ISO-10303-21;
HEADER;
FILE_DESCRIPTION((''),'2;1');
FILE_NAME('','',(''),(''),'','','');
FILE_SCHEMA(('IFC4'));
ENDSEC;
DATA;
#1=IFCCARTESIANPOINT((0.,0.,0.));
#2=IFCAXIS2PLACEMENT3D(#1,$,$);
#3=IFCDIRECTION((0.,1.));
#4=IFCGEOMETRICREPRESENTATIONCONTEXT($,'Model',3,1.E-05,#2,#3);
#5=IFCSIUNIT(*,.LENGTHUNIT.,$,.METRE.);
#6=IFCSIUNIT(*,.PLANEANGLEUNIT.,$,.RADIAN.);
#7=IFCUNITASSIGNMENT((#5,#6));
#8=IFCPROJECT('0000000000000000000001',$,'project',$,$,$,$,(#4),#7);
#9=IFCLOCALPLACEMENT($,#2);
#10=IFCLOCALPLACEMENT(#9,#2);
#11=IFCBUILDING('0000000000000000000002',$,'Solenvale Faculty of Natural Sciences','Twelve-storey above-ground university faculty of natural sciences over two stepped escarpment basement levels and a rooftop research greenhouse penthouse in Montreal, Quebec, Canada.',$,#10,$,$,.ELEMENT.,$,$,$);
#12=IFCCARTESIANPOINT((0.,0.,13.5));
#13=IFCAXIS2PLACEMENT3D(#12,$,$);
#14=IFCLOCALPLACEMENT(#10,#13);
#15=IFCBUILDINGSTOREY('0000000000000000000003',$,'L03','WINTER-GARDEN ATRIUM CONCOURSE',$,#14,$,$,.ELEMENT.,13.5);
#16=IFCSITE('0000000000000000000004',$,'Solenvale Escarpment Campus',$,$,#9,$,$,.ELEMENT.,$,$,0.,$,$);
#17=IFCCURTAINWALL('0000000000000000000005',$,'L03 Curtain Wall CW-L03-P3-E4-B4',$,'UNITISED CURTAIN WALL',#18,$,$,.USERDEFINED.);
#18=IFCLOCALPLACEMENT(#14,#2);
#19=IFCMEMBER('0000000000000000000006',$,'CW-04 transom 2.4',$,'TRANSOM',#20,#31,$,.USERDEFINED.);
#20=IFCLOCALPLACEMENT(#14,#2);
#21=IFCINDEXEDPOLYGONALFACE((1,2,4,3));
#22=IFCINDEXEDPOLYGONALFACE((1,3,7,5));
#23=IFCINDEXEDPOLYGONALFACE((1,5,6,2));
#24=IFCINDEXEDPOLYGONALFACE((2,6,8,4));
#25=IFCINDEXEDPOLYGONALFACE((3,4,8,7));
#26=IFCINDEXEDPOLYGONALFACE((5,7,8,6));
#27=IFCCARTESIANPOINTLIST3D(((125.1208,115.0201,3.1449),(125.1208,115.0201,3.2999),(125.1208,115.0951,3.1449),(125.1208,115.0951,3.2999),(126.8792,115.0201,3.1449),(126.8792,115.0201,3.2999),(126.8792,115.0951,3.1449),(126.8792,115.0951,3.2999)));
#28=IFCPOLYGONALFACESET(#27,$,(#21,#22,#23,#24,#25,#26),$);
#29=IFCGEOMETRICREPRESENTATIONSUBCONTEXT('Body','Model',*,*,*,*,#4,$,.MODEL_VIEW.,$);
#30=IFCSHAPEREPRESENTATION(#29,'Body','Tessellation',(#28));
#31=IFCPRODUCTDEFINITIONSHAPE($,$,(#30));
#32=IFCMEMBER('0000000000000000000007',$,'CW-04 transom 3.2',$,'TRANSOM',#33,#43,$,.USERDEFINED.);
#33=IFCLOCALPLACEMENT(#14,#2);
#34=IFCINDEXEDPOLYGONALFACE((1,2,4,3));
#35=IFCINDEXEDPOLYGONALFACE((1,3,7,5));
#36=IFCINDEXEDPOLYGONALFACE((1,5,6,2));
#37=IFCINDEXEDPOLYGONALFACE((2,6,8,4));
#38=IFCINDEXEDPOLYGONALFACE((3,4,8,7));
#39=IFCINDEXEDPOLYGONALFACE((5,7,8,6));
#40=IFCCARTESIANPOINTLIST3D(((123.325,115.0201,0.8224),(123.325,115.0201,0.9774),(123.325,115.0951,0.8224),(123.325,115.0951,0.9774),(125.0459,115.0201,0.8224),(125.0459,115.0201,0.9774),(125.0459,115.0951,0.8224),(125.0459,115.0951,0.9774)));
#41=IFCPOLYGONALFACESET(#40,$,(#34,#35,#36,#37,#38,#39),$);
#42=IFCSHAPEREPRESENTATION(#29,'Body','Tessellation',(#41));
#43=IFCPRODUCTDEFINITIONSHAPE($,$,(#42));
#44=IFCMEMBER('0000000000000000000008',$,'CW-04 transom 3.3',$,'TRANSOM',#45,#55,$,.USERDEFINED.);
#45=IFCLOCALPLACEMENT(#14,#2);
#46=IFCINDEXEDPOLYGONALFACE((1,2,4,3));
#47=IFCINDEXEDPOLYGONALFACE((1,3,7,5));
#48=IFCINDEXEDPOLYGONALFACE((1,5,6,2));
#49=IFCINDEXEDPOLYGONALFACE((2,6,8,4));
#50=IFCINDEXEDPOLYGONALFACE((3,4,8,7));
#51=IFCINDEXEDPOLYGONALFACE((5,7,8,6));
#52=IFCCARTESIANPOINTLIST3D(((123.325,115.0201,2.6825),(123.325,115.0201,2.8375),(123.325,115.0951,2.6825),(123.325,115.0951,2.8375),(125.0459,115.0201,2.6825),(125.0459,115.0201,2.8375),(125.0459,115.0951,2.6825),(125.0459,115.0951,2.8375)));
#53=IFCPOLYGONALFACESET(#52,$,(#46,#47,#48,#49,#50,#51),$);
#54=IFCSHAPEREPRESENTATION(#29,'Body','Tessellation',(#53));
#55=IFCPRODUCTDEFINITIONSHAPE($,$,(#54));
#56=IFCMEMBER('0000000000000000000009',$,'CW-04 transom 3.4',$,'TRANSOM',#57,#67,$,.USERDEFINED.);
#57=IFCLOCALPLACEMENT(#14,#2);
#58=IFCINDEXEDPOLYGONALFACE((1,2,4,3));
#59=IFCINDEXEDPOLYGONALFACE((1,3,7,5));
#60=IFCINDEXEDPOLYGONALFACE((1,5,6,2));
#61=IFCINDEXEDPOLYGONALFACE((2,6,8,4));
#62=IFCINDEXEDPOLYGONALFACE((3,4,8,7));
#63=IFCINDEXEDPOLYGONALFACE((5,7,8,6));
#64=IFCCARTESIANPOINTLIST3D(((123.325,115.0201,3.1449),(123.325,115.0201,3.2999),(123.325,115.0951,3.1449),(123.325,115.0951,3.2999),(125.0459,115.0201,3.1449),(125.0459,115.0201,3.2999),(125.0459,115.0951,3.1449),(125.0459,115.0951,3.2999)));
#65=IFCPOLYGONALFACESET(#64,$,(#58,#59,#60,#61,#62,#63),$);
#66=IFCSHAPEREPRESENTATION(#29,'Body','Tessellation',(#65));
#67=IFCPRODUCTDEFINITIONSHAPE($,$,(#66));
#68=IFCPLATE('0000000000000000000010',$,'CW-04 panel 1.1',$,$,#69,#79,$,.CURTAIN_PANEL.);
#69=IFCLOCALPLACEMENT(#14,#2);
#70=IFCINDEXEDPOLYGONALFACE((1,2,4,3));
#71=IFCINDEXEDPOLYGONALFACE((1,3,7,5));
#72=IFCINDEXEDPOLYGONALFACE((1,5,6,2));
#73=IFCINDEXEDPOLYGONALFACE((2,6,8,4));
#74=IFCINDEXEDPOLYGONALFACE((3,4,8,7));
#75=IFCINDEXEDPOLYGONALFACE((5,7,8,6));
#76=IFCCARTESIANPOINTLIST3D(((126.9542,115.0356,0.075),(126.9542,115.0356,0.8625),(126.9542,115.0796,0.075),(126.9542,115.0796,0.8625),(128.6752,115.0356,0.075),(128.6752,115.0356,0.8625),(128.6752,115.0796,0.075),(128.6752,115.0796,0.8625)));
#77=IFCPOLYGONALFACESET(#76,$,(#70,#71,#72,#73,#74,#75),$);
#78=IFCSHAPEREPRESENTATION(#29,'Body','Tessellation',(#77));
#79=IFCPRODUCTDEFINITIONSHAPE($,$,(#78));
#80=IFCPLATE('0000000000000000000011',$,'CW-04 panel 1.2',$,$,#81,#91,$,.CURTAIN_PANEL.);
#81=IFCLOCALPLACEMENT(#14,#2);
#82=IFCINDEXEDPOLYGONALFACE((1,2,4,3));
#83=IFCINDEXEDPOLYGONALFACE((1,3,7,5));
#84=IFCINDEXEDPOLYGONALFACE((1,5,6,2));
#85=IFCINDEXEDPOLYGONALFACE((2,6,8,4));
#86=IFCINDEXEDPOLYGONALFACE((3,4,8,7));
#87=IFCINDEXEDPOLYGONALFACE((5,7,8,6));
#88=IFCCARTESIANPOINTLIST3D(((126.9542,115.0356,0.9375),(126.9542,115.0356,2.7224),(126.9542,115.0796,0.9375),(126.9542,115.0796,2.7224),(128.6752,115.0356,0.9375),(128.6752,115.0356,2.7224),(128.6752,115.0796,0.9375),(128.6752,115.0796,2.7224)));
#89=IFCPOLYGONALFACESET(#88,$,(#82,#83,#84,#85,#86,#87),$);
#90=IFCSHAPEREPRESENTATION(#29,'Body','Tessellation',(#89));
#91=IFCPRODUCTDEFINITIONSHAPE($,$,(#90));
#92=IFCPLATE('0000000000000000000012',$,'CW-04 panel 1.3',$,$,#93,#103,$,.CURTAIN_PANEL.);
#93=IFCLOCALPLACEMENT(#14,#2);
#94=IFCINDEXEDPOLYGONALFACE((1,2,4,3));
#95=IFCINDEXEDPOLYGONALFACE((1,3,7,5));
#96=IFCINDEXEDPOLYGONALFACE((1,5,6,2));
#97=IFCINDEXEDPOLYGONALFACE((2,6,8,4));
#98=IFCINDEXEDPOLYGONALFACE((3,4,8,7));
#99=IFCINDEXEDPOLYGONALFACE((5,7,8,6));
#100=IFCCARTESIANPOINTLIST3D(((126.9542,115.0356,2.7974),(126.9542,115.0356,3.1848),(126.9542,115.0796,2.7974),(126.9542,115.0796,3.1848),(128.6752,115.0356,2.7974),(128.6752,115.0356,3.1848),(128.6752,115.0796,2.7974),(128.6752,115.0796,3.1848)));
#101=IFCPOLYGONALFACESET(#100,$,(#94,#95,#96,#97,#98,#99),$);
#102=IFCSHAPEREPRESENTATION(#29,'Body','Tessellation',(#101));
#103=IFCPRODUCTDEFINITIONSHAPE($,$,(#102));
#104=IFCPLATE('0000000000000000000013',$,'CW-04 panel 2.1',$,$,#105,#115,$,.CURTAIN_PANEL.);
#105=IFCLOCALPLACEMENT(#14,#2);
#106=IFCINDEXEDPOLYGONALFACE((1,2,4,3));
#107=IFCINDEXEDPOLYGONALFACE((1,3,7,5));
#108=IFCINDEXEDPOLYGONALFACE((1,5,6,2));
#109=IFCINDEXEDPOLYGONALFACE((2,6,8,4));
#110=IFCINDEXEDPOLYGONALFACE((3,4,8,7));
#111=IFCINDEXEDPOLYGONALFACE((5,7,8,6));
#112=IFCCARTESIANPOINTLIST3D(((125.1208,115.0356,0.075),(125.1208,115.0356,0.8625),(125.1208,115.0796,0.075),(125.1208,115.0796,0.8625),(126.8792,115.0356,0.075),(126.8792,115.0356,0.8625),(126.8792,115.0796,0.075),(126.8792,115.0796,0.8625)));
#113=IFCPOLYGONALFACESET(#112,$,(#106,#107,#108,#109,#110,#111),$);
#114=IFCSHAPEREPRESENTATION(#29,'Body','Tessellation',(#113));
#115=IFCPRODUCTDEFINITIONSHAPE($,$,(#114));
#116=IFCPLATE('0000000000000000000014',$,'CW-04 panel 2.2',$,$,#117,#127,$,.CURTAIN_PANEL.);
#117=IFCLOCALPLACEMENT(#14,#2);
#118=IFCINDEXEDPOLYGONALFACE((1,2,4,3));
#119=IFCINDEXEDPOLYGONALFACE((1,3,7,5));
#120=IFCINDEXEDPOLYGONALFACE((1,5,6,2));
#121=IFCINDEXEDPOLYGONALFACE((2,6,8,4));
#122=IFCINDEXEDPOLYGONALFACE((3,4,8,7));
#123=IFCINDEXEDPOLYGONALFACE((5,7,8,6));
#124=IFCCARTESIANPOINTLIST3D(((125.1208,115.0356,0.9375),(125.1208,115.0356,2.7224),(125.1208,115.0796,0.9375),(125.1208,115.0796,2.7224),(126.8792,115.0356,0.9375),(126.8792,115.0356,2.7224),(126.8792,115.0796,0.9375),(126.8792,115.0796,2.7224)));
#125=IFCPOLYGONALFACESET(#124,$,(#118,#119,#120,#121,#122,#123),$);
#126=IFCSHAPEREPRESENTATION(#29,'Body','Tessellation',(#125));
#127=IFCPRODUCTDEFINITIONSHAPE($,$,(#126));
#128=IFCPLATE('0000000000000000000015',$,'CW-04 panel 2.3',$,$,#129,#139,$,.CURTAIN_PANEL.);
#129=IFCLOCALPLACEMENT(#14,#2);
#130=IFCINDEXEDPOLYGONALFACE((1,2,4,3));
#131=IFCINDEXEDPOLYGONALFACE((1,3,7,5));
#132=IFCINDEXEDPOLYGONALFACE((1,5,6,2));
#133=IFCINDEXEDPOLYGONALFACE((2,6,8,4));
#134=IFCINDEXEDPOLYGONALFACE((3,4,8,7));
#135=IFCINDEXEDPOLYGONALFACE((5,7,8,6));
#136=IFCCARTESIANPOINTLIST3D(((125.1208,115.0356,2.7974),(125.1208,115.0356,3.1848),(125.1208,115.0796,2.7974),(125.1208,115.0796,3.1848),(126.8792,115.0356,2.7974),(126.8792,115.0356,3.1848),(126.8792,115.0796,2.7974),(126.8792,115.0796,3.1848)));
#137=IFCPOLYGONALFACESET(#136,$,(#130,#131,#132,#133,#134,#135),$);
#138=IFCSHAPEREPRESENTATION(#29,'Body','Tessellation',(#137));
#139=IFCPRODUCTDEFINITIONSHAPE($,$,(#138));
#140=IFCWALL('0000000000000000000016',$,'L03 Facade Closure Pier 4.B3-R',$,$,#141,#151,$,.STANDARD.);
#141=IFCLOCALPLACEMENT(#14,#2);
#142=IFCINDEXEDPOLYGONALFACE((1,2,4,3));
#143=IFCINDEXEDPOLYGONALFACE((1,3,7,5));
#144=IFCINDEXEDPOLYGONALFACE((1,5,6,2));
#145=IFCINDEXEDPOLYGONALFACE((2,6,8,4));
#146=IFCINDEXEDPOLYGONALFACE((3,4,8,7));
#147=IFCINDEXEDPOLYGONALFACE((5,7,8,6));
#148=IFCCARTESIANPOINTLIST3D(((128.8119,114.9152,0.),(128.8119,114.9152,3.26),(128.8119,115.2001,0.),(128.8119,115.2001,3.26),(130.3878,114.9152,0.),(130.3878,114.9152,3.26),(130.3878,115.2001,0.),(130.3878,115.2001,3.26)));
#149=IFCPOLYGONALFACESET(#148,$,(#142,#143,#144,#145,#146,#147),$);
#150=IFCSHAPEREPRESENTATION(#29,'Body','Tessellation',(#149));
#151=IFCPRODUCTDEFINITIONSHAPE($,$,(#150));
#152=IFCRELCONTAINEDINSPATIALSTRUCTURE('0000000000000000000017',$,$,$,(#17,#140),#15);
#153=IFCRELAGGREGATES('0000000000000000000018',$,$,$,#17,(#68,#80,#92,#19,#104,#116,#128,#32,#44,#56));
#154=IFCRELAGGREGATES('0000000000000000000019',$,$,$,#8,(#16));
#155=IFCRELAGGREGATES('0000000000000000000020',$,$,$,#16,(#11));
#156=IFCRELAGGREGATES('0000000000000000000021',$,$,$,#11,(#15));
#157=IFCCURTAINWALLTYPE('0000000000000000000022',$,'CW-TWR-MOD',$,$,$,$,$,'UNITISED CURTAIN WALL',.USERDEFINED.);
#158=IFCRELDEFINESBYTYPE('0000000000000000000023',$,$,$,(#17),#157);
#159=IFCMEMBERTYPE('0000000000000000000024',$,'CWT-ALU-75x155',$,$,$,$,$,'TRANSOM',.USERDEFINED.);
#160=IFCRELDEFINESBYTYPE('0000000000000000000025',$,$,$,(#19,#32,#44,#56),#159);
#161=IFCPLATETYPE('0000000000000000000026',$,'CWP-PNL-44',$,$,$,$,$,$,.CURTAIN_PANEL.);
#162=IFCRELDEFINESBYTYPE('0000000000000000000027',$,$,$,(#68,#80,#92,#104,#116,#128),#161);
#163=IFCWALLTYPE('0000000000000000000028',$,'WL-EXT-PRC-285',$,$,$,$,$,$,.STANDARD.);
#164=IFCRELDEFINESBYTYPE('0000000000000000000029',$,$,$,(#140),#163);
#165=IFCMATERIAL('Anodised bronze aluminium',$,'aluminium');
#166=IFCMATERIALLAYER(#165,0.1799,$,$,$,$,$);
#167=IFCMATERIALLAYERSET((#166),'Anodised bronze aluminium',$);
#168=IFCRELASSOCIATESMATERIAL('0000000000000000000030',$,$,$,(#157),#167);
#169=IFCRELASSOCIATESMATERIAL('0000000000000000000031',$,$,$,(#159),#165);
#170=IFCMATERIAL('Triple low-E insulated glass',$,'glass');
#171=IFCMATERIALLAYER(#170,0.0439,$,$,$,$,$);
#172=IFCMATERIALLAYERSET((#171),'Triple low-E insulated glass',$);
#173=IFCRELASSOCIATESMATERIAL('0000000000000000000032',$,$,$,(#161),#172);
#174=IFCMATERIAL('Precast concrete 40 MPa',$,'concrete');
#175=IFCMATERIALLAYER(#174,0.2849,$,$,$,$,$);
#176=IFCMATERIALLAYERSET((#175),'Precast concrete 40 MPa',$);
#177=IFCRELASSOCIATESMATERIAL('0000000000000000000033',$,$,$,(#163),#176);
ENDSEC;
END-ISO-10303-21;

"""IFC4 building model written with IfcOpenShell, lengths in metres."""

from ifc_helpers import new_model, si_unit, direction, frame, frame_2d, origin, origin_2d, place, context, subcontext, project, spatial, rectangle, extrude, material, layer, layer_set, material_profile, profile_set, type_object, element, aggregate, save


model = new_model("IFC4")

# Units and contexts
model_context = context("Model", 3, precision=1e-05, world=origin(), true_north=direction((0.0, 1.0)))
body_context = subcontext(model_context, "Body", "Model", "MODEL_VIEW")
ifc_project = project(units=[si_unit("LENGTHUNIT", "METRE"), si_unit("PLANEANGLEUNIT", "RADIAN")], contexts=[model_context])

# Site, building, storey
site_placement = place(None, origin())
site = spatial("IfcSite", under=ifc_project, at=site_placement, Name="Solenvale Escarpment Campus", CompositionType="ELEMENT", RefElevation=0.0)
building_placement = place(site_placement, origin())
building = spatial("IfcBuilding", under=site, at=building_placement, Name="Solenvale Faculty of Natural Sciences", Description="Twelve-storey above-ground university faculty of natural sciences over two stepped escarpment basement levels and a rooftop research greenhouse penthouse in Montreal, Quebec, Canada.", CompositionType="ELEMENT")
storey_placement = place(building_placement, frame((0.0, 0.0, 13.5)))
storey = spatial("IfcBuildingStorey", under=building, at=storey_placement, Name="L03", Description="WINTER-GARDEN ATRIUM CONCOURSE", CompositionType="ELEMENT", Elevation=13.5)

# Shared definitions
ifc_material_1 = material(Name="Precast concrete 40 MPa", Category="concrete")

# Shared definitions
ifc_material_2 = material(Name="Anodised bronze aluminium", Category="aluminium")
ifc_layer_1 = layer(ifc_material_2, 0.1799)
ifc_layer_set_1 = layer_set([ifc_layer_1], Name="Anodised bronze aluminium")
curtain_wall_type = type_object("IfcCurtainWallType", Name="CW-TWR-MOD", ElementType="UNITISED CURTAIN WALL", PredefinedType="USERDEFINED", material=ifc_layer_set_1)

# Curtain wall, members, plates
curtain_wall_1_placement = place(storey_placement, origin())
curtain_wall_1 = element("IfcCurtainWall", 1, at=curtain_wall_1_placement, inside=storey, type_object=curtain_wall_type, Name="L03 Curtain Wall CW-L03-P3-E4-B4", ObjectType="UNITISED CURTAIN WALL", PredefinedType="USERDEFINED")
ifc_material_profile_1 = material_profile(ifc_material_2, rectangle(XDim=0.075, YDim=0.155, at=origin_2d()), Name="ALU-TRN-75x155")
ifc_profile_set_1 = profile_set([ifc_material_profile_1], Name="Anodised bronze aluminium")
member_type_1 = type_object("IfcMemberType", Name="CWT-ALU-75x155", ElementType="TRANSOM", PredefinedType="USERDEFINED", material=ifc_profile_set_1)
member_1_placement = place(storey_placement, frame((126.8792, 115.0576, 3.2224), z_axis=(-1.0, 0.0, 0.0), x_axis=(0.0, -1.0, 0.0)))
member_1 = element("IfcMember", 2, at=member_1_placement, type_object=member_type_1, Name="CW-04 transom 2.4", ObjectType="TRANSOM", PredefinedType="USERDEFINED", context=body_context, shape_type="SweptSolid", body=[
    extrude(rectangle(XDim=0.075, YDim=0.155, at=origin_2d()), origin(), (0.0, 0.0, 1.0), 1.7583),
])
member_2_placement = place(storey_placement, frame((125.0459, 115.0576, 0.8999), z_axis=(-1.0, 0.0, 0.0), x_axis=(0.0, -1.0, 0.0)))
member_2 = element("IfcMember", 3, at=member_2_placement, type_object=member_type_1, Name="CW-04 transom 3.2", ObjectType="TRANSOM", PredefinedType="USERDEFINED", context=body_context, shape_type="SweptSolid", body=[
    extrude(rectangle(XDim=0.075, YDim=0.155, at=origin_2d()), origin(), (0.0, 0.0, 1.0), 1.7209),
])
member_3_placement = place(storey_placement, frame((125.0459, 115.0576, 2.76), z_axis=(-1.0, 0.0, 0.0), x_axis=(0.0, -1.0, 0.0)))
member_3 = element("IfcMember", 4, at=member_3_placement, type_object=member_type_1, Name="CW-04 transom 3.3", ObjectType="TRANSOM", PredefinedType="USERDEFINED", context=body_context, shape_type="SweptSolid", body=[
    extrude(rectangle(XDim=0.075, YDim=0.155, at=origin_2d()), origin(), (0.0, 0.0, 1.0), 1.7209),
])
member_4_placement = place(storey_placement, frame((125.0459, 115.0576, 3.2224), z_axis=(-1.0, 0.0, 0.0), x_axis=(0.0, -1.0, 0.0)))
member_4 = element("IfcMember", 5, at=member_4_placement, type_object=member_type_1, Name="CW-04 transom 3.4", ObjectType="TRANSOM", PredefinedType="USERDEFINED", context=body_context, shape_type="SweptSolid", body=[
    extrude(rectangle(XDim=0.075, YDim=0.155, at=origin_2d()), origin(), (0.0, 0.0, 1.0), 1.7209),
])
ifc_material_3 = material(Name="Triple low-E insulated glass", Category="glass")
ifc_layer_2 = layer(ifc_material_3, 0.0439)
ifc_layer_set_2 = layer_set([ifc_layer_2], Name="Triple low-E insulated glass")
plate_type = type_object("IfcPlateType", Name="CWP-PNL-44", PredefinedType="CURTAIN_PANEL", material=ifc_layer_set_2)
plate_1_placement = place(storey_placement, frame((127.8147, 115.0576, 0.075), z_axis=(0.0, 0.0, 1.0), x_axis=(-1.0, 0.0, 0.0)))
plate_1 = element("IfcPlate", 6, at=plate_1_placement, type_object=plate_type, Name="CW-04 panel 1.1", PredefinedType="CURTAIN_PANEL", context=body_context, shape_type="SweptSolid", body=[
    extrude(rectangle(XDim=1.7209, YDim=0.0439, at=origin_2d()), origin(), (0.0, 0.0, 1.0), 0.7876),
])
plate_2_placement = place(storey_placement, frame((127.8147, 115.0576, 0.9375), z_axis=(0.0, 0.0, 1.0), x_axis=(-1.0, 0.0, 0.0)))
plate_2 = element("IfcPlate", 7, at=plate_2_placement, type_object=plate_type, Name="CW-04 panel 1.2", PredefinedType="CURTAIN_PANEL", context=body_context, shape_type="SweptSolid", body=[
    extrude(rectangle(XDim=1.7209, YDim=0.0439, at=origin_2d()), origin(), (0.0, 0.0, 1.0), 1.7849),
])
plate_3_placement = place(storey_placement, frame((127.8147, 115.0576, 2.7974), z_axis=(0.0, 0.0, 1.0), x_axis=(-1.0, 0.0, 0.0)))
plate_3 = element("IfcPlate", 8, at=plate_3_placement, type_object=plate_type, Name="CW-04 panel 1.3", PredefinedType="CURTAIN_PANEL", context=body_context, shape_type="SweptSolid", body=[
    extrude(rectangle(XDim=1.7209, YDim=0.0439, at=origin_2d()), origin(), (0.0, 0.0, 1.0), 0.3875),
])
plate_4_placement = place(storey_placement, frame((126.0, 115.0576, 0.075), z_axis=(0.0, 0.0, 1.0), x_axis=(-1.0, 0.0, 0.0)))
plate_4 = element("IfcPlate", 9, at=plate_4_placement, type_object=plate_type, Name="CW-04 panel 2.1", PredefinedType="CURTAIN_PANEL", context=body_context, shape_type="SweptSolid", body=[
    extrude(rectangle(XDim=1.7583, YDim=0.0439, at=origin_2d()), origin(), (0.0, 0.0, 1.0), 0.7876),
])
plate_5_placement = place(storey_placement, frame((126.0, 115.0576, 0.9375), z_axis=(0.0, 0.0, 1.0), x_axis=(-1.0, 0.0, 0.0)))
plate_5 = element("IfcPlate", 10, at=plate_5_placement, type_object=plate_type, Name="CW-04 panel 2.2", PredefinedType="CURTAIN_PANEL", context=body_context, shape_type="SweptSolid", body=[
    extrude(rectangle(XDim=1.7583, YDim=0.0439, at=origin_2d()), origin(), (0.0, 0.0, 1.0), 1.7849),
])
plate_6_placement = place(storey_placement, frame((126.0, 115.0576, 2.7974), z_axis=(0.0, 0.0, 1.0), x_axis=(-1.0, 0.0, 0.0)))
plate_6 = element("IfcPlate", 11, at=plate_6_placement, type_object=plate_type, Name="CW-04 panel 2.3", PredefinedType="CURTAIN_PANEL", context=body_context, shape_type="SweptSolid", body=[
    extrude(rectangle(XDim=1.7583, YDim=0.0439, at=origin_2d()), origin(), (0.0, 0.0, 1.0), 0.3875),
])
aggregate(curtain_wall_1, [plate_1, plate_2, plate_3, member_1, plate_4, plate_5, plate_6, member_2, member_3, member_4])

# Wall
ifc_layer_3 = layer(ifc_material_1, 0.2849)
ifc_layer_set_3 = layer_set([ifc_layer_3], Name="Precast concrete 40 MPa")
wall_type = type_object("IfcWallType", Name="WL-EXT-PRC-285", PredefinedType="STANDARD", material=ifc_layer_set_3)
wall_placement = place(storey_placement, frame((130.3879, 115.0576, 0.0), z_axis=(0.0, 0.0, 1.0), x_axis=(-1.0, 0.0, 0.0)))
element("IfcWall", 12, at=wall_placement, inside=storey, type_object=wall_type, Name="L03 Facade Closure Pier 4.B3-R", PredefinedType="STANDARD", context=body_context, shape_type="SweptSolid", body=[
    extrude(rectangle(XDim=1.5759, YDim=0.2849, at=frame_2d((0.7881, 0.0))), origin(), (0.0, 0.0, 1.0), 3.26),
])

save(model, "model.ifc")
